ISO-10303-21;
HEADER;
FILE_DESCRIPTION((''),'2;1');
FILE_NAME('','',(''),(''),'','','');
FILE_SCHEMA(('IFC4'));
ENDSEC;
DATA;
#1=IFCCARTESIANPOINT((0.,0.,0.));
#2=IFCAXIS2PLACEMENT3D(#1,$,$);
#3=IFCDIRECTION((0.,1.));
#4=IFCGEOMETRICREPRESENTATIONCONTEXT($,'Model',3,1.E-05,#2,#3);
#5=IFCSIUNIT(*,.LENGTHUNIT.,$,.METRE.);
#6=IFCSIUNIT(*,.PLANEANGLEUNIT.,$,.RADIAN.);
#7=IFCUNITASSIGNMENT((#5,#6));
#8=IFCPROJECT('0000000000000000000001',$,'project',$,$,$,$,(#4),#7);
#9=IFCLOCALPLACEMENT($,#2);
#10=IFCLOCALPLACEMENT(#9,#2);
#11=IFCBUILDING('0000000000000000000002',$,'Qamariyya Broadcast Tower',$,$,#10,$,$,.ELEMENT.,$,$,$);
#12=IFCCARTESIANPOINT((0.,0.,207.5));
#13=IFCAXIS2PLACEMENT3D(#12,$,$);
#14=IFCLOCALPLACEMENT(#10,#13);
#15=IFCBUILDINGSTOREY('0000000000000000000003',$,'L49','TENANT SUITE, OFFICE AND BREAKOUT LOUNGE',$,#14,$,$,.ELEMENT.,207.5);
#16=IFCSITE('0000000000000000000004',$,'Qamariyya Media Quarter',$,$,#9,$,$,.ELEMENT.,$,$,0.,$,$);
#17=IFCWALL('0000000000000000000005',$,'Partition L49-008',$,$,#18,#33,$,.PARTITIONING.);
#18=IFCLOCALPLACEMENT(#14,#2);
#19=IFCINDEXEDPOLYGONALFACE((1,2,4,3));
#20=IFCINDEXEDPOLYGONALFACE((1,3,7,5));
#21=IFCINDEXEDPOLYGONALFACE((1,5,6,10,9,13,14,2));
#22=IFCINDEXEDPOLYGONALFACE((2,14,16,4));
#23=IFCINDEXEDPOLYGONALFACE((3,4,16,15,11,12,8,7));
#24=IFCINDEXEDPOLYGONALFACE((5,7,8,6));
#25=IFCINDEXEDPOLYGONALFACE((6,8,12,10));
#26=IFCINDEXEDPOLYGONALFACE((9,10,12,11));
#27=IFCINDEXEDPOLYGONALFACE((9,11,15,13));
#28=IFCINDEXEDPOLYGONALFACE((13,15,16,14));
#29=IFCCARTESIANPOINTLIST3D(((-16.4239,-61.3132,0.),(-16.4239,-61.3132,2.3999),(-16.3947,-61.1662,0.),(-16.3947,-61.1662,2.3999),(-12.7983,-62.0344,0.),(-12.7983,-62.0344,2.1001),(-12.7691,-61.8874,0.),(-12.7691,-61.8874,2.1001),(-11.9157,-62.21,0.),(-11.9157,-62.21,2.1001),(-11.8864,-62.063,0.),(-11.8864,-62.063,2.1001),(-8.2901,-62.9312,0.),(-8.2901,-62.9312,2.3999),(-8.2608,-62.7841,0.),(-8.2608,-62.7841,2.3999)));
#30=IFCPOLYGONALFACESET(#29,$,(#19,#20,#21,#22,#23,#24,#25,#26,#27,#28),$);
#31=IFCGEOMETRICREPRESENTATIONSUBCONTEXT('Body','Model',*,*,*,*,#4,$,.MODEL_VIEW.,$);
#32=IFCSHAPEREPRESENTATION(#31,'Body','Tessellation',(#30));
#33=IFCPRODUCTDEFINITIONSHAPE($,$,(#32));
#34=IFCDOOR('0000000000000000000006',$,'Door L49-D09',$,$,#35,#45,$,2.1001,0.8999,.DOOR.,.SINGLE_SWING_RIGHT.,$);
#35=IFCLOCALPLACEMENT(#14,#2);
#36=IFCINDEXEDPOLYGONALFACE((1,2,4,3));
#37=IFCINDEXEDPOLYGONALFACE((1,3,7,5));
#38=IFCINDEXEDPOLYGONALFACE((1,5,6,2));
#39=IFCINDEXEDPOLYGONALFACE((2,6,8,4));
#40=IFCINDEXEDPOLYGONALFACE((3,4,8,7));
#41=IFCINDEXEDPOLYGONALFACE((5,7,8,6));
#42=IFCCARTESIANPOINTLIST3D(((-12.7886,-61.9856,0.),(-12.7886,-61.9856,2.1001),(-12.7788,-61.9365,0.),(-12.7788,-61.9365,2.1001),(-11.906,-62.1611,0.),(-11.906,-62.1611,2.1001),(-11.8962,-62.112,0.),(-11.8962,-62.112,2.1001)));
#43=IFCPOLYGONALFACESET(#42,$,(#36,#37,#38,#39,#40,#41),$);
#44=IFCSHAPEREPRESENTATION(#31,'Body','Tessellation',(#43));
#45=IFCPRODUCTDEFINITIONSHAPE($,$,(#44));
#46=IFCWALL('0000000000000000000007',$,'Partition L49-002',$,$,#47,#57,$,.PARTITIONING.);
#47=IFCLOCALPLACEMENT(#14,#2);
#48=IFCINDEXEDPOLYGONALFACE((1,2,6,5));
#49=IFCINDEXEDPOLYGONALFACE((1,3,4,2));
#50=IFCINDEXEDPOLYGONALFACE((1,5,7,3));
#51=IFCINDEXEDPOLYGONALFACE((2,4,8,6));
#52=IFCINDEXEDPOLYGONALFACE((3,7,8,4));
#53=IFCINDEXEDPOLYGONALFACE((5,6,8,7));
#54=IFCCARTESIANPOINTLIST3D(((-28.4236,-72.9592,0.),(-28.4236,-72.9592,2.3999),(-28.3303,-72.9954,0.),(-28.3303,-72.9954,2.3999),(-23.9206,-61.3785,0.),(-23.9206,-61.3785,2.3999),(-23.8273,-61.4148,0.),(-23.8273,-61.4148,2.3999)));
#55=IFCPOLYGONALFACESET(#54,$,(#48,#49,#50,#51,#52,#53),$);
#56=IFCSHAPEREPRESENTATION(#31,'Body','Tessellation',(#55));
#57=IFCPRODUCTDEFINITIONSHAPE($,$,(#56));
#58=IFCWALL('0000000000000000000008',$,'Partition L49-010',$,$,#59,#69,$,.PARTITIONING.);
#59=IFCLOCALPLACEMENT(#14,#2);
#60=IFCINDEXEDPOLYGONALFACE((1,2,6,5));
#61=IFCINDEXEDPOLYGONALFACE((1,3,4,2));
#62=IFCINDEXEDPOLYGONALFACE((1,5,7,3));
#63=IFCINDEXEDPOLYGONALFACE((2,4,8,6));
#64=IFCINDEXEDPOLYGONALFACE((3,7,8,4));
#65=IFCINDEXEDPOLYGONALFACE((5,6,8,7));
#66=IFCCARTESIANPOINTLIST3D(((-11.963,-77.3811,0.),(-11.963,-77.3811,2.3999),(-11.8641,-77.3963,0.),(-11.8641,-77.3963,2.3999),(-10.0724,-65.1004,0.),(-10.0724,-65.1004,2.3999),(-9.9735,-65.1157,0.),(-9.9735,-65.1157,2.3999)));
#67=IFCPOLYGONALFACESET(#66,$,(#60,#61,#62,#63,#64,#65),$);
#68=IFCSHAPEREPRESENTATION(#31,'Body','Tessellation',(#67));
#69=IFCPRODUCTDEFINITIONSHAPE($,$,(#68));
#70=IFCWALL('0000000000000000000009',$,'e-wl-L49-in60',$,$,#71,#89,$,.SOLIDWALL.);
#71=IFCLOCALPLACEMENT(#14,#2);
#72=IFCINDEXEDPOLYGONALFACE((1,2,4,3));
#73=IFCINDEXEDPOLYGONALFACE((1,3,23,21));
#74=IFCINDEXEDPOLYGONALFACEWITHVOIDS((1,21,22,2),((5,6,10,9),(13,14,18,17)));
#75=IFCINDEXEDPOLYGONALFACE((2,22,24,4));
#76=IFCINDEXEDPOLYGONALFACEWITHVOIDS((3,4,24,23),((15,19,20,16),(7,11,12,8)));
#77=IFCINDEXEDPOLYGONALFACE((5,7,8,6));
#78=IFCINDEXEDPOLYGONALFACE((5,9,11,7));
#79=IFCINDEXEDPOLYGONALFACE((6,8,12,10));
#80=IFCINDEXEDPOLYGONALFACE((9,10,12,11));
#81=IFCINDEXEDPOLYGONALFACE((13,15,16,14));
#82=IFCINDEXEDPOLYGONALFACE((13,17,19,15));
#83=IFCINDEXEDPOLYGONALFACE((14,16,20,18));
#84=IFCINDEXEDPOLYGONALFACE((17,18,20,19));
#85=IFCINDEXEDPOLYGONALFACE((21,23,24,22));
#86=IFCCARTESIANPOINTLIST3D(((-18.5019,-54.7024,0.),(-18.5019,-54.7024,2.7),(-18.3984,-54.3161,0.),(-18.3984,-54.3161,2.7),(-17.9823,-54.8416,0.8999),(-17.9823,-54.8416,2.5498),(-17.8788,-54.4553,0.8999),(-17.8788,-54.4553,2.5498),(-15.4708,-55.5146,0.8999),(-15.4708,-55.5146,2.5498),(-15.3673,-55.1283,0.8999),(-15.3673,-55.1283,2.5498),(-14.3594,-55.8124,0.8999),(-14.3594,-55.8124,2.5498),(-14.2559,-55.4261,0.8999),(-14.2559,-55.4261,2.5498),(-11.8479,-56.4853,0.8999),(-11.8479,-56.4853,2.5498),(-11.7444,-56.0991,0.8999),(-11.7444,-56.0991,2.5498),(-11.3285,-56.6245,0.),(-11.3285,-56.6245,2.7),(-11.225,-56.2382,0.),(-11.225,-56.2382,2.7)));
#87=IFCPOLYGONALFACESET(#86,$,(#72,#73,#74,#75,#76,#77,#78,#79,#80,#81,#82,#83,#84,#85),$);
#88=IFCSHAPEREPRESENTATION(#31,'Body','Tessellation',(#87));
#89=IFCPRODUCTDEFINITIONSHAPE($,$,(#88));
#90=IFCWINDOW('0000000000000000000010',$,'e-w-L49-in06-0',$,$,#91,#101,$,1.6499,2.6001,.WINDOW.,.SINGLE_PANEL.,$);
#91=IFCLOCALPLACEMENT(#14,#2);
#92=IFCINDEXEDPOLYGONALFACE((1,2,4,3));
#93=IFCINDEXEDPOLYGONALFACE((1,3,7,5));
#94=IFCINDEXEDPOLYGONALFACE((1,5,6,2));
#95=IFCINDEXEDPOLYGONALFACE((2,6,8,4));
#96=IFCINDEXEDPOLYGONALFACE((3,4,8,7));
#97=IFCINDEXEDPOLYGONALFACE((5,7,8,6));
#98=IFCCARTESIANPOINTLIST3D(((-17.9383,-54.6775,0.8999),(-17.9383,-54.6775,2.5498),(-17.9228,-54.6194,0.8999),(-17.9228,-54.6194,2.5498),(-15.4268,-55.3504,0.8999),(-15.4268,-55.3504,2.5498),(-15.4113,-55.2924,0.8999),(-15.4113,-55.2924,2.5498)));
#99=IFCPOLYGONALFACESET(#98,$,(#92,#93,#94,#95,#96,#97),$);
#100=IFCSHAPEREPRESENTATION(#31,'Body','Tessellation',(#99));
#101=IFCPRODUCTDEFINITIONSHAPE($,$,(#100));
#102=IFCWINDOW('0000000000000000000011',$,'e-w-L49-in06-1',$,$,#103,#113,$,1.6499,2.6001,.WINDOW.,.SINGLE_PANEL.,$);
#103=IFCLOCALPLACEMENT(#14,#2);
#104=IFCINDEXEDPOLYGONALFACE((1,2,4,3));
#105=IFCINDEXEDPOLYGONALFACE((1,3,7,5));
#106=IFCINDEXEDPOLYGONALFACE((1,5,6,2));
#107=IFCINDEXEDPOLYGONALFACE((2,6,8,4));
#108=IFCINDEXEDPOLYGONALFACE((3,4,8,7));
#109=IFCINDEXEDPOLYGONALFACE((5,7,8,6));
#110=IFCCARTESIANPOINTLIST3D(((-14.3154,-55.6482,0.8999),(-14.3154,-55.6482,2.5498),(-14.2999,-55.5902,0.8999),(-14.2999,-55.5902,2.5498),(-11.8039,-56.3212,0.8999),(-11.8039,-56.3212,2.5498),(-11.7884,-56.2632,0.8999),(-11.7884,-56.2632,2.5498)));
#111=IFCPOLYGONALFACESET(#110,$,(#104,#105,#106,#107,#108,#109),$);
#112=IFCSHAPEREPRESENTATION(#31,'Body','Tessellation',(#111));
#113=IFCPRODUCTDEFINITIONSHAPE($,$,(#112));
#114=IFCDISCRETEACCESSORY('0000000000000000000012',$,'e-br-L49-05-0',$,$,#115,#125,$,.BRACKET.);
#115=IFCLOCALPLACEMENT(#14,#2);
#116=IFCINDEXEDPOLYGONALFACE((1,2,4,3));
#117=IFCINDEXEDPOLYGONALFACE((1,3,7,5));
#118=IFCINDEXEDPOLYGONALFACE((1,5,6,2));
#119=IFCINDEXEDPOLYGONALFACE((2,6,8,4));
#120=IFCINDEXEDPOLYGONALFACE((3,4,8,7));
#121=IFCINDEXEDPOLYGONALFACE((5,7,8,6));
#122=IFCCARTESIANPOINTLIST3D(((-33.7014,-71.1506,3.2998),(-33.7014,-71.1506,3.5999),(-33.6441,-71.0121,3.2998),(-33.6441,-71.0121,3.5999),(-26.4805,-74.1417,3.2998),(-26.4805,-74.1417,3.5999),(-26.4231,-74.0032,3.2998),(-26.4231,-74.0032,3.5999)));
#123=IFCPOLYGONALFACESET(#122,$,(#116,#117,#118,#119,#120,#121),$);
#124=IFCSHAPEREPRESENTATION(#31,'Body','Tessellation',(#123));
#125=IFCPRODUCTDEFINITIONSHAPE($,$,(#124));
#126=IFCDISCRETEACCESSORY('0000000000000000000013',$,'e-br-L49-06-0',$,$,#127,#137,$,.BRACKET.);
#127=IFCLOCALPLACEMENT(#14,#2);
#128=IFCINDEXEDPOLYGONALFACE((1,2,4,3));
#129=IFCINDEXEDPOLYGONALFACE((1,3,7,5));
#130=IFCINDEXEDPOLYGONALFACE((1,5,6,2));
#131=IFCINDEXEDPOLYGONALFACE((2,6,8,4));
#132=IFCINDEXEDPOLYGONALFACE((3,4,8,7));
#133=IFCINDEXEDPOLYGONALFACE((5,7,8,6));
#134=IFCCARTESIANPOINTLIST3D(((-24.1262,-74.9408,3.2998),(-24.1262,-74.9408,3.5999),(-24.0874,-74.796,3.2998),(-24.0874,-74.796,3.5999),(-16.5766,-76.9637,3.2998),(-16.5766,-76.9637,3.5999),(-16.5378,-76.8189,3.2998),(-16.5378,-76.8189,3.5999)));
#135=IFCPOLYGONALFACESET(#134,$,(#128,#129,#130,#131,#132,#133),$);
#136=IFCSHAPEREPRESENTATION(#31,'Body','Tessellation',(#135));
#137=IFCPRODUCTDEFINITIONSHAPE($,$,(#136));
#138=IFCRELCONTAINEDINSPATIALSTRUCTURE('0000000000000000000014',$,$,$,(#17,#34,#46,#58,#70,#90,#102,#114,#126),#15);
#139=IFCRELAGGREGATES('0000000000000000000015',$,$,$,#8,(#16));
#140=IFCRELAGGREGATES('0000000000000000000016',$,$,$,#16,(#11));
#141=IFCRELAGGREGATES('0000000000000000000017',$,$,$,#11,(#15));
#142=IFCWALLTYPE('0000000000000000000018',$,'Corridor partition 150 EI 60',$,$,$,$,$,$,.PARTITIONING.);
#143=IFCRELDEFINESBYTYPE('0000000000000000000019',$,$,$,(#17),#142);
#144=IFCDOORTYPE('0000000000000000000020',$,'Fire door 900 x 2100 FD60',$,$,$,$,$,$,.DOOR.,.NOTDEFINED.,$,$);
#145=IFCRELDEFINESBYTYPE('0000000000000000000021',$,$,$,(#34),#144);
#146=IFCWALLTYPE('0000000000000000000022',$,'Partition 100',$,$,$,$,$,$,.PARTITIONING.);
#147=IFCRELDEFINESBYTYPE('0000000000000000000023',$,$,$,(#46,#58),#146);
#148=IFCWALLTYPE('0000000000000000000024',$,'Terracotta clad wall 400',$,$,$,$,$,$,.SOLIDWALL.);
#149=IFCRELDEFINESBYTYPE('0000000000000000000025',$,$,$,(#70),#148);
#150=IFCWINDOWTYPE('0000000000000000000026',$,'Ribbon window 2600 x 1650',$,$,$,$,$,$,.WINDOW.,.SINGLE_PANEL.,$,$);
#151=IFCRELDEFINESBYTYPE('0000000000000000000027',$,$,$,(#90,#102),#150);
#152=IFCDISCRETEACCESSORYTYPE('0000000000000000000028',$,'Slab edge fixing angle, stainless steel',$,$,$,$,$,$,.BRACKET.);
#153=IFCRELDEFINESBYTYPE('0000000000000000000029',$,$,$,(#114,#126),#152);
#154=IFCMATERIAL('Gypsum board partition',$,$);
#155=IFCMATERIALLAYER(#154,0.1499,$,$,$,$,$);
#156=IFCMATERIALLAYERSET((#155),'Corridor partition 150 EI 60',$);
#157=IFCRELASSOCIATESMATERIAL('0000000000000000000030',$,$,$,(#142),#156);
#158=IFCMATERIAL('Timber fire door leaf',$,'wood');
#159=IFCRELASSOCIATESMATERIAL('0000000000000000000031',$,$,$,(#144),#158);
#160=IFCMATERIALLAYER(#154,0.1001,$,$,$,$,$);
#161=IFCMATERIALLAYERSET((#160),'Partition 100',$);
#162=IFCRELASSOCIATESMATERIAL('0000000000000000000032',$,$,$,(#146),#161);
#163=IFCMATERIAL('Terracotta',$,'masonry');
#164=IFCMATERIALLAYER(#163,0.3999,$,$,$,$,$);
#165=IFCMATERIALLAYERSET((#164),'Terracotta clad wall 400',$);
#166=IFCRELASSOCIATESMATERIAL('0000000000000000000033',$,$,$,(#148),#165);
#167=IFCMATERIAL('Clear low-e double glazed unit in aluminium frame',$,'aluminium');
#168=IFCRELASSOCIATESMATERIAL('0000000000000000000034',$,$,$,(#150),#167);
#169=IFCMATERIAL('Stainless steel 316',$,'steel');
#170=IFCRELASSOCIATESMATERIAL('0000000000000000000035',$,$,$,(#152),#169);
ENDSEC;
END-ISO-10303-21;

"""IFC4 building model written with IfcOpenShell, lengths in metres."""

from ifc_helpers import new_model, si_unit, direction, frame, frame_2d, origin, origin_2d, place, context, subcontext, project, spatial, rectangle, extrude, material, layer, layer_set, type_object, element, fill, save


model = new_model("IFC4")

# Units and contexts
model_context = context("Model", 3, precision=1e-05, world=origin(), true_north=direction((0.0, 1.0)))
body_context = subcontext(model_context, "Body", "Model", "MODEL_VIEW")
ifc_project = project(units=[si_unit("LENGTHUNIT", "METRE"), si_unit("PLANEANGLEUNIT", "RADIAN")], contexts=[model_context])

# Site, building, storey
site_placement = place(None, origin())
site = spatial("IfcSite", under=ifc_project, at=site_placement, Name="Qamariyya Media Quarter", CompositionType="ELEMENT", RefElevation=0.0)
building_placement = place(site_placement, origin())
building = spatial("IfcBuilding", under=site, at=building_placement, Name="Qamariyya Broadcast Tower", CompositionType="ELEMENT")
storey_placement = place(building_placement, frame((0.0, 0.0, 207.5)))
storey = spatial("IfcBuildingStorey", under=building, at=storey_placement, Name="L49", Description="TENANT SUITE, OFFICE AND BREAKOUT LOUNGE", CompositionType="ELEMENT", Elevation=207.5)

# Shared definitions
ifc_material_1 = material(Name="Gypsum board partition")
ifc_layer_1 = layer(ifc_material_1, 0.1499)
ifc_layer_set_1 = layer_set([ifc_layer_1], Name="Corridor partition 150 EI 60")
wall_type_1 = type_object("IfcWallType", Name="Corridor partition 150 EI 60", PredefinedType="PARTITIONING", material=ifc_layer_set_1)
ifc_material_2 = material(Name="Timber fire door leaf", Category="wood")

# Wall, opening, door
wall_1_placement = place(storey_placement, frame((-16.4092, -61.2397, 0.0), z_axis=(0.0, 0.0, 1.0), x_axis=(0.980785, -0.195091, 0.0)))
wall_1 = element("IfcWall", 1, at=wall_1_placement, inside=storey, type_object=wall_type_1, Name="Partition L49-008", PredefinedType="PARTITIONING", context=body_context, shape_type="SweptSolid", body=[
    extrude(rectangle(XDim=8.2932, YDim=0.1499, at=frame_2d((4.1465, 0.0))), origin(), (0.0, 0.0, 1.0), 2.3999),
])
opening_1_placement = place(wall_1_placement, frame((3.6965, 0.0, 0.0)))
opening_1 = element("IfcOpeningElement", 2, at=opening_1_placement, cuts=wall_1, PredefinedType="OPENING", context=body_context, shape_type="SweptSolid", body=[
    extrude(rectangle(XDim=0.8999, YDim=2.1001, at=frame_2d((0.45, 1.05))), frame((0.0, 0.085, 0.0), z_axis=(0.0, -1.0, 0.0), x_axis=(1.0, 0.0, 0.0)), (0.0, 0.0, 1.0), 0.1699),
])
door_type_1 = type_object("IfcDoorType", Name="Fire door 900 x 2100 FD60", OperationType="NOTDEFINED", PredefinedType="DOOR", material=ifc_material_2)
door_1_placement = place(opening_1_placement, origin())
door_1 = element("IfcDoor", 3, at=door_1_placement, inside=storey, type_object=door_type_1, Name="Door L49-D09", OperationType="SINGLE_SWING_RIGHT", OverallHeight=2.1001, OverallWidth=0.8999, PredefinedType="DOOR", context=body_context, shape_type="SweptSolid", body=[
    extrude(rectangle(XDim=0.8999, YDim=2.1001, at=frame_2d((0.45, 1.05))), frame((0.0, 0.0249, 0.0), z_axis=(0.0, -1.0, 0.0), x_axis=(1.0, 0.0, 0.0)), (0.0, 0.0, 1.0), 0.05),
])
fill(opening_1, door_1)

# Walls
ifc_layer_2 = layer(ifc_material_1, 0.1001)
ifc_layer_set_2 = layer_set([ifc_layer_2], Name="Partition 100")
wall_type_2 = type_object("IfcWallType", Name="Partition 100", PredefinedType="PARTITIONING", material=ifc_layer_set_2)
for number, where, z_axis, x_axis, name in (
    (4, (-28.377, -72.9773, 0.0), (0.0, 0.0, 1.0), (0.362403, 0.932022, 0.0), "Partition L49-002"),
    (5, (-11.9136, -77.3887, 0.0), (0.0, 0.0, 1.0), (0.152161, 0.988356, 0.0), "Partition L49-010"),
):
    element("IfcWall", number, at=place(storey_placement, frame(where, z_axis=z_axis, x_axis=x_axis)), inside=storey, type_object=wall_type_2, Name=name, PredefinedType="PARTITIONING", context=body_context, shape_type="SweptSolid", body=[
        extrude(rectangle(XDim=12.4253, YDim=0.1001, at=frame_2d((6.2126, 0.0))), origin(), (0.0, 0.0, 1.0), 2.3999),
    ])

# Wall, openings, windows
ifc_material_3 = material(Name="Terracotta", Category="masonry")
ifc_layer_3 = layer(ifc_material_3, 0.3999)
ifc_layer_set_3 = layer_set([ifc_layer_3], Name="Terracotta clad wall 400")
wall_type_3 = type_object("IfcWallType", Name="Terracotta clad wall 400", PredefinedType="SOLIDWALL", material=ifc_layer_set_3)
wall_2_placement = place(storey_placement, frame((-11.2766, -56.4314, 0.0), z_axis=(0.0, 0.0, 1.0), x_axis=(-0.965925, 0.258823, 0.0)))
wall_2 = element("IfcWall", 6, at=wall_2_placement, inside=storey, type_object=wall_type_3, Name="e-wl-L49-in60", PredefinedType="SOLIDWALL", context=body_context, shape_type="SweptSolid", body=[
    extrude(rectangle(XDim=7.4265, YDim=0.3999, at=frame_2d((3.7134, 0.0))), origin(), (0.0, 0.0, 1.0), 2.7),
])
opening_2_placement = place(wall_2_placement, frame((4.2886, 0.0, 0.8999)))
opening_2 = element("IfcOpeningElement", 7, at=opening_2_placement, cuts=wall_2, PredefinedType="OPENING", context=body_context, shape_type="SweptSolid", body=[
    extrude(rectangle(XDim=2.6001, YDim=1.6499, at=frame_2d((1.3, 0.825))), frame((0.0, 0.21, 0.0), z_axis=(0.0, -1.0, 0.0), x_axis=(1.0, 0.0, 0.0)), (0.0, 0.0, 1.0), 0.4199),
])
opening_3_placement = place(wall_2_placement, frame((0.5378, 0.0, 0.8999)))
opening_3 = element("IfcOpeningElement", 8, at=opening_3_placement, cuts=wall_2, PredefinedType="OPENING", context=body_context, shape_type="SweptSolid", body=[
    extrude(rectangle(XDim=2.6001, YDim=1.6499, at=frame_2d((1.3, 0.825))), frame((0.0, 0.21, 0.0), z_axis=(0.0, -1.0, 0.0), x_axis=(1.0, 0.0, 0.0)), (0.0, 0.0, 1.0), 0.4199),
])
ifc_material_4 = material(Name="Clear low-e double glazed unit in aluminium frame", Category="aluminium")
window_type = type_object("IfcWindowType", Name="Ribbon window 2600 x 1650", PartitioningType="SINGLE_PANEL", PredefinedType="WINDOW", material=ifc_material_4)
window_1_placement = place(opening_2_placement, origin())
window_1 = element("IfcWindow", 9, at=window_1_placement, inside=storey, type_object=window_type, Name="e-w-L49-in06-0", OverallHeight=1.6499, OverallWidth=2.6001, PartitioningType="SINGLE_PANEL", PredefinedType="WINDOW", context=body_context, shape_type="SweptSolid", body=[
    extrude(rectangle(XDim=2.6001, YDim=1.6499, at=frame_2d((1.3, 0.825))), frame((0.0, 0.03, 0.0), z_axis=(0.0, -1.0, 0.0), x_axis=(1.0, 0.0, 0.0)), (0.0, 0.0, 1.0), 0.0601),
])
fill(opening_2, window_1)
window_2_placement = place(opening_3_placement, origin())
window_2 = element("IfcWindow", 10, at=window_2_placement, inside=storey, type_object=window_type, Name="e-w-L49-in06-1", OverallHeight=1.6499, OverallWidth=2.6001, PartitioningType="SINGLE_PANEL", PredefinedType="WINDOW", context=body_context, shape_type="SweptSolid", body=[
    extrude(rectangle(XDim=2.6001, YDim=1.6499, at=frame_2d((1.3, 0.825))), frame((0.0, 0.03, 0.0), z_axis=(0.0, -1.0, 0.0), x_axis=(1.0, 0.0, 0.0)), (0.0, 0.0, 1.0), 0.0601),
])
fill(opening_3, window_2)

# Discrete accessories
ifc_material_5 = material(Name="Stainless steel 316", Category="steel")
discrete_accessory_type = type_object("IfcDiscreteAccessoryType", Name="Slab edge fixing angle, stainless steel", PredefinedType="BRACKET", material=ifc_material_5)
for number, where, z_axis, x_axis, name in (
    (11, (-30.0623, -72.5769, 3.2998), (0.0, 0.0, 1.0), (0.92388, -0.382683, 0.0), "e-br-L49-05-0"),
    (12, (-20.332, -75.8799, 3.2998), (0.0, 0.0, 1.0), (0.965926, -0.258819, 0.0), "e-br-L49-06-0"),
):
    element("IfcDiscreteAccessory", number, at=place(storey_placement, frame(where, z_axis=z_axis, x_axis=x_axis)), inside=storey, type_object=discrete_accessory_type, Name=name, PredefinedType="BRACKET", context=body_context, shape_type="SweptSolid", body=[
        extrude(rectangle(XDim=7.8159, YDim=0.1499, at=origin_2d()), origin(), (0.0, 0.0, 1.0), 0.3),
    ])

save(model, "model.ifc")
